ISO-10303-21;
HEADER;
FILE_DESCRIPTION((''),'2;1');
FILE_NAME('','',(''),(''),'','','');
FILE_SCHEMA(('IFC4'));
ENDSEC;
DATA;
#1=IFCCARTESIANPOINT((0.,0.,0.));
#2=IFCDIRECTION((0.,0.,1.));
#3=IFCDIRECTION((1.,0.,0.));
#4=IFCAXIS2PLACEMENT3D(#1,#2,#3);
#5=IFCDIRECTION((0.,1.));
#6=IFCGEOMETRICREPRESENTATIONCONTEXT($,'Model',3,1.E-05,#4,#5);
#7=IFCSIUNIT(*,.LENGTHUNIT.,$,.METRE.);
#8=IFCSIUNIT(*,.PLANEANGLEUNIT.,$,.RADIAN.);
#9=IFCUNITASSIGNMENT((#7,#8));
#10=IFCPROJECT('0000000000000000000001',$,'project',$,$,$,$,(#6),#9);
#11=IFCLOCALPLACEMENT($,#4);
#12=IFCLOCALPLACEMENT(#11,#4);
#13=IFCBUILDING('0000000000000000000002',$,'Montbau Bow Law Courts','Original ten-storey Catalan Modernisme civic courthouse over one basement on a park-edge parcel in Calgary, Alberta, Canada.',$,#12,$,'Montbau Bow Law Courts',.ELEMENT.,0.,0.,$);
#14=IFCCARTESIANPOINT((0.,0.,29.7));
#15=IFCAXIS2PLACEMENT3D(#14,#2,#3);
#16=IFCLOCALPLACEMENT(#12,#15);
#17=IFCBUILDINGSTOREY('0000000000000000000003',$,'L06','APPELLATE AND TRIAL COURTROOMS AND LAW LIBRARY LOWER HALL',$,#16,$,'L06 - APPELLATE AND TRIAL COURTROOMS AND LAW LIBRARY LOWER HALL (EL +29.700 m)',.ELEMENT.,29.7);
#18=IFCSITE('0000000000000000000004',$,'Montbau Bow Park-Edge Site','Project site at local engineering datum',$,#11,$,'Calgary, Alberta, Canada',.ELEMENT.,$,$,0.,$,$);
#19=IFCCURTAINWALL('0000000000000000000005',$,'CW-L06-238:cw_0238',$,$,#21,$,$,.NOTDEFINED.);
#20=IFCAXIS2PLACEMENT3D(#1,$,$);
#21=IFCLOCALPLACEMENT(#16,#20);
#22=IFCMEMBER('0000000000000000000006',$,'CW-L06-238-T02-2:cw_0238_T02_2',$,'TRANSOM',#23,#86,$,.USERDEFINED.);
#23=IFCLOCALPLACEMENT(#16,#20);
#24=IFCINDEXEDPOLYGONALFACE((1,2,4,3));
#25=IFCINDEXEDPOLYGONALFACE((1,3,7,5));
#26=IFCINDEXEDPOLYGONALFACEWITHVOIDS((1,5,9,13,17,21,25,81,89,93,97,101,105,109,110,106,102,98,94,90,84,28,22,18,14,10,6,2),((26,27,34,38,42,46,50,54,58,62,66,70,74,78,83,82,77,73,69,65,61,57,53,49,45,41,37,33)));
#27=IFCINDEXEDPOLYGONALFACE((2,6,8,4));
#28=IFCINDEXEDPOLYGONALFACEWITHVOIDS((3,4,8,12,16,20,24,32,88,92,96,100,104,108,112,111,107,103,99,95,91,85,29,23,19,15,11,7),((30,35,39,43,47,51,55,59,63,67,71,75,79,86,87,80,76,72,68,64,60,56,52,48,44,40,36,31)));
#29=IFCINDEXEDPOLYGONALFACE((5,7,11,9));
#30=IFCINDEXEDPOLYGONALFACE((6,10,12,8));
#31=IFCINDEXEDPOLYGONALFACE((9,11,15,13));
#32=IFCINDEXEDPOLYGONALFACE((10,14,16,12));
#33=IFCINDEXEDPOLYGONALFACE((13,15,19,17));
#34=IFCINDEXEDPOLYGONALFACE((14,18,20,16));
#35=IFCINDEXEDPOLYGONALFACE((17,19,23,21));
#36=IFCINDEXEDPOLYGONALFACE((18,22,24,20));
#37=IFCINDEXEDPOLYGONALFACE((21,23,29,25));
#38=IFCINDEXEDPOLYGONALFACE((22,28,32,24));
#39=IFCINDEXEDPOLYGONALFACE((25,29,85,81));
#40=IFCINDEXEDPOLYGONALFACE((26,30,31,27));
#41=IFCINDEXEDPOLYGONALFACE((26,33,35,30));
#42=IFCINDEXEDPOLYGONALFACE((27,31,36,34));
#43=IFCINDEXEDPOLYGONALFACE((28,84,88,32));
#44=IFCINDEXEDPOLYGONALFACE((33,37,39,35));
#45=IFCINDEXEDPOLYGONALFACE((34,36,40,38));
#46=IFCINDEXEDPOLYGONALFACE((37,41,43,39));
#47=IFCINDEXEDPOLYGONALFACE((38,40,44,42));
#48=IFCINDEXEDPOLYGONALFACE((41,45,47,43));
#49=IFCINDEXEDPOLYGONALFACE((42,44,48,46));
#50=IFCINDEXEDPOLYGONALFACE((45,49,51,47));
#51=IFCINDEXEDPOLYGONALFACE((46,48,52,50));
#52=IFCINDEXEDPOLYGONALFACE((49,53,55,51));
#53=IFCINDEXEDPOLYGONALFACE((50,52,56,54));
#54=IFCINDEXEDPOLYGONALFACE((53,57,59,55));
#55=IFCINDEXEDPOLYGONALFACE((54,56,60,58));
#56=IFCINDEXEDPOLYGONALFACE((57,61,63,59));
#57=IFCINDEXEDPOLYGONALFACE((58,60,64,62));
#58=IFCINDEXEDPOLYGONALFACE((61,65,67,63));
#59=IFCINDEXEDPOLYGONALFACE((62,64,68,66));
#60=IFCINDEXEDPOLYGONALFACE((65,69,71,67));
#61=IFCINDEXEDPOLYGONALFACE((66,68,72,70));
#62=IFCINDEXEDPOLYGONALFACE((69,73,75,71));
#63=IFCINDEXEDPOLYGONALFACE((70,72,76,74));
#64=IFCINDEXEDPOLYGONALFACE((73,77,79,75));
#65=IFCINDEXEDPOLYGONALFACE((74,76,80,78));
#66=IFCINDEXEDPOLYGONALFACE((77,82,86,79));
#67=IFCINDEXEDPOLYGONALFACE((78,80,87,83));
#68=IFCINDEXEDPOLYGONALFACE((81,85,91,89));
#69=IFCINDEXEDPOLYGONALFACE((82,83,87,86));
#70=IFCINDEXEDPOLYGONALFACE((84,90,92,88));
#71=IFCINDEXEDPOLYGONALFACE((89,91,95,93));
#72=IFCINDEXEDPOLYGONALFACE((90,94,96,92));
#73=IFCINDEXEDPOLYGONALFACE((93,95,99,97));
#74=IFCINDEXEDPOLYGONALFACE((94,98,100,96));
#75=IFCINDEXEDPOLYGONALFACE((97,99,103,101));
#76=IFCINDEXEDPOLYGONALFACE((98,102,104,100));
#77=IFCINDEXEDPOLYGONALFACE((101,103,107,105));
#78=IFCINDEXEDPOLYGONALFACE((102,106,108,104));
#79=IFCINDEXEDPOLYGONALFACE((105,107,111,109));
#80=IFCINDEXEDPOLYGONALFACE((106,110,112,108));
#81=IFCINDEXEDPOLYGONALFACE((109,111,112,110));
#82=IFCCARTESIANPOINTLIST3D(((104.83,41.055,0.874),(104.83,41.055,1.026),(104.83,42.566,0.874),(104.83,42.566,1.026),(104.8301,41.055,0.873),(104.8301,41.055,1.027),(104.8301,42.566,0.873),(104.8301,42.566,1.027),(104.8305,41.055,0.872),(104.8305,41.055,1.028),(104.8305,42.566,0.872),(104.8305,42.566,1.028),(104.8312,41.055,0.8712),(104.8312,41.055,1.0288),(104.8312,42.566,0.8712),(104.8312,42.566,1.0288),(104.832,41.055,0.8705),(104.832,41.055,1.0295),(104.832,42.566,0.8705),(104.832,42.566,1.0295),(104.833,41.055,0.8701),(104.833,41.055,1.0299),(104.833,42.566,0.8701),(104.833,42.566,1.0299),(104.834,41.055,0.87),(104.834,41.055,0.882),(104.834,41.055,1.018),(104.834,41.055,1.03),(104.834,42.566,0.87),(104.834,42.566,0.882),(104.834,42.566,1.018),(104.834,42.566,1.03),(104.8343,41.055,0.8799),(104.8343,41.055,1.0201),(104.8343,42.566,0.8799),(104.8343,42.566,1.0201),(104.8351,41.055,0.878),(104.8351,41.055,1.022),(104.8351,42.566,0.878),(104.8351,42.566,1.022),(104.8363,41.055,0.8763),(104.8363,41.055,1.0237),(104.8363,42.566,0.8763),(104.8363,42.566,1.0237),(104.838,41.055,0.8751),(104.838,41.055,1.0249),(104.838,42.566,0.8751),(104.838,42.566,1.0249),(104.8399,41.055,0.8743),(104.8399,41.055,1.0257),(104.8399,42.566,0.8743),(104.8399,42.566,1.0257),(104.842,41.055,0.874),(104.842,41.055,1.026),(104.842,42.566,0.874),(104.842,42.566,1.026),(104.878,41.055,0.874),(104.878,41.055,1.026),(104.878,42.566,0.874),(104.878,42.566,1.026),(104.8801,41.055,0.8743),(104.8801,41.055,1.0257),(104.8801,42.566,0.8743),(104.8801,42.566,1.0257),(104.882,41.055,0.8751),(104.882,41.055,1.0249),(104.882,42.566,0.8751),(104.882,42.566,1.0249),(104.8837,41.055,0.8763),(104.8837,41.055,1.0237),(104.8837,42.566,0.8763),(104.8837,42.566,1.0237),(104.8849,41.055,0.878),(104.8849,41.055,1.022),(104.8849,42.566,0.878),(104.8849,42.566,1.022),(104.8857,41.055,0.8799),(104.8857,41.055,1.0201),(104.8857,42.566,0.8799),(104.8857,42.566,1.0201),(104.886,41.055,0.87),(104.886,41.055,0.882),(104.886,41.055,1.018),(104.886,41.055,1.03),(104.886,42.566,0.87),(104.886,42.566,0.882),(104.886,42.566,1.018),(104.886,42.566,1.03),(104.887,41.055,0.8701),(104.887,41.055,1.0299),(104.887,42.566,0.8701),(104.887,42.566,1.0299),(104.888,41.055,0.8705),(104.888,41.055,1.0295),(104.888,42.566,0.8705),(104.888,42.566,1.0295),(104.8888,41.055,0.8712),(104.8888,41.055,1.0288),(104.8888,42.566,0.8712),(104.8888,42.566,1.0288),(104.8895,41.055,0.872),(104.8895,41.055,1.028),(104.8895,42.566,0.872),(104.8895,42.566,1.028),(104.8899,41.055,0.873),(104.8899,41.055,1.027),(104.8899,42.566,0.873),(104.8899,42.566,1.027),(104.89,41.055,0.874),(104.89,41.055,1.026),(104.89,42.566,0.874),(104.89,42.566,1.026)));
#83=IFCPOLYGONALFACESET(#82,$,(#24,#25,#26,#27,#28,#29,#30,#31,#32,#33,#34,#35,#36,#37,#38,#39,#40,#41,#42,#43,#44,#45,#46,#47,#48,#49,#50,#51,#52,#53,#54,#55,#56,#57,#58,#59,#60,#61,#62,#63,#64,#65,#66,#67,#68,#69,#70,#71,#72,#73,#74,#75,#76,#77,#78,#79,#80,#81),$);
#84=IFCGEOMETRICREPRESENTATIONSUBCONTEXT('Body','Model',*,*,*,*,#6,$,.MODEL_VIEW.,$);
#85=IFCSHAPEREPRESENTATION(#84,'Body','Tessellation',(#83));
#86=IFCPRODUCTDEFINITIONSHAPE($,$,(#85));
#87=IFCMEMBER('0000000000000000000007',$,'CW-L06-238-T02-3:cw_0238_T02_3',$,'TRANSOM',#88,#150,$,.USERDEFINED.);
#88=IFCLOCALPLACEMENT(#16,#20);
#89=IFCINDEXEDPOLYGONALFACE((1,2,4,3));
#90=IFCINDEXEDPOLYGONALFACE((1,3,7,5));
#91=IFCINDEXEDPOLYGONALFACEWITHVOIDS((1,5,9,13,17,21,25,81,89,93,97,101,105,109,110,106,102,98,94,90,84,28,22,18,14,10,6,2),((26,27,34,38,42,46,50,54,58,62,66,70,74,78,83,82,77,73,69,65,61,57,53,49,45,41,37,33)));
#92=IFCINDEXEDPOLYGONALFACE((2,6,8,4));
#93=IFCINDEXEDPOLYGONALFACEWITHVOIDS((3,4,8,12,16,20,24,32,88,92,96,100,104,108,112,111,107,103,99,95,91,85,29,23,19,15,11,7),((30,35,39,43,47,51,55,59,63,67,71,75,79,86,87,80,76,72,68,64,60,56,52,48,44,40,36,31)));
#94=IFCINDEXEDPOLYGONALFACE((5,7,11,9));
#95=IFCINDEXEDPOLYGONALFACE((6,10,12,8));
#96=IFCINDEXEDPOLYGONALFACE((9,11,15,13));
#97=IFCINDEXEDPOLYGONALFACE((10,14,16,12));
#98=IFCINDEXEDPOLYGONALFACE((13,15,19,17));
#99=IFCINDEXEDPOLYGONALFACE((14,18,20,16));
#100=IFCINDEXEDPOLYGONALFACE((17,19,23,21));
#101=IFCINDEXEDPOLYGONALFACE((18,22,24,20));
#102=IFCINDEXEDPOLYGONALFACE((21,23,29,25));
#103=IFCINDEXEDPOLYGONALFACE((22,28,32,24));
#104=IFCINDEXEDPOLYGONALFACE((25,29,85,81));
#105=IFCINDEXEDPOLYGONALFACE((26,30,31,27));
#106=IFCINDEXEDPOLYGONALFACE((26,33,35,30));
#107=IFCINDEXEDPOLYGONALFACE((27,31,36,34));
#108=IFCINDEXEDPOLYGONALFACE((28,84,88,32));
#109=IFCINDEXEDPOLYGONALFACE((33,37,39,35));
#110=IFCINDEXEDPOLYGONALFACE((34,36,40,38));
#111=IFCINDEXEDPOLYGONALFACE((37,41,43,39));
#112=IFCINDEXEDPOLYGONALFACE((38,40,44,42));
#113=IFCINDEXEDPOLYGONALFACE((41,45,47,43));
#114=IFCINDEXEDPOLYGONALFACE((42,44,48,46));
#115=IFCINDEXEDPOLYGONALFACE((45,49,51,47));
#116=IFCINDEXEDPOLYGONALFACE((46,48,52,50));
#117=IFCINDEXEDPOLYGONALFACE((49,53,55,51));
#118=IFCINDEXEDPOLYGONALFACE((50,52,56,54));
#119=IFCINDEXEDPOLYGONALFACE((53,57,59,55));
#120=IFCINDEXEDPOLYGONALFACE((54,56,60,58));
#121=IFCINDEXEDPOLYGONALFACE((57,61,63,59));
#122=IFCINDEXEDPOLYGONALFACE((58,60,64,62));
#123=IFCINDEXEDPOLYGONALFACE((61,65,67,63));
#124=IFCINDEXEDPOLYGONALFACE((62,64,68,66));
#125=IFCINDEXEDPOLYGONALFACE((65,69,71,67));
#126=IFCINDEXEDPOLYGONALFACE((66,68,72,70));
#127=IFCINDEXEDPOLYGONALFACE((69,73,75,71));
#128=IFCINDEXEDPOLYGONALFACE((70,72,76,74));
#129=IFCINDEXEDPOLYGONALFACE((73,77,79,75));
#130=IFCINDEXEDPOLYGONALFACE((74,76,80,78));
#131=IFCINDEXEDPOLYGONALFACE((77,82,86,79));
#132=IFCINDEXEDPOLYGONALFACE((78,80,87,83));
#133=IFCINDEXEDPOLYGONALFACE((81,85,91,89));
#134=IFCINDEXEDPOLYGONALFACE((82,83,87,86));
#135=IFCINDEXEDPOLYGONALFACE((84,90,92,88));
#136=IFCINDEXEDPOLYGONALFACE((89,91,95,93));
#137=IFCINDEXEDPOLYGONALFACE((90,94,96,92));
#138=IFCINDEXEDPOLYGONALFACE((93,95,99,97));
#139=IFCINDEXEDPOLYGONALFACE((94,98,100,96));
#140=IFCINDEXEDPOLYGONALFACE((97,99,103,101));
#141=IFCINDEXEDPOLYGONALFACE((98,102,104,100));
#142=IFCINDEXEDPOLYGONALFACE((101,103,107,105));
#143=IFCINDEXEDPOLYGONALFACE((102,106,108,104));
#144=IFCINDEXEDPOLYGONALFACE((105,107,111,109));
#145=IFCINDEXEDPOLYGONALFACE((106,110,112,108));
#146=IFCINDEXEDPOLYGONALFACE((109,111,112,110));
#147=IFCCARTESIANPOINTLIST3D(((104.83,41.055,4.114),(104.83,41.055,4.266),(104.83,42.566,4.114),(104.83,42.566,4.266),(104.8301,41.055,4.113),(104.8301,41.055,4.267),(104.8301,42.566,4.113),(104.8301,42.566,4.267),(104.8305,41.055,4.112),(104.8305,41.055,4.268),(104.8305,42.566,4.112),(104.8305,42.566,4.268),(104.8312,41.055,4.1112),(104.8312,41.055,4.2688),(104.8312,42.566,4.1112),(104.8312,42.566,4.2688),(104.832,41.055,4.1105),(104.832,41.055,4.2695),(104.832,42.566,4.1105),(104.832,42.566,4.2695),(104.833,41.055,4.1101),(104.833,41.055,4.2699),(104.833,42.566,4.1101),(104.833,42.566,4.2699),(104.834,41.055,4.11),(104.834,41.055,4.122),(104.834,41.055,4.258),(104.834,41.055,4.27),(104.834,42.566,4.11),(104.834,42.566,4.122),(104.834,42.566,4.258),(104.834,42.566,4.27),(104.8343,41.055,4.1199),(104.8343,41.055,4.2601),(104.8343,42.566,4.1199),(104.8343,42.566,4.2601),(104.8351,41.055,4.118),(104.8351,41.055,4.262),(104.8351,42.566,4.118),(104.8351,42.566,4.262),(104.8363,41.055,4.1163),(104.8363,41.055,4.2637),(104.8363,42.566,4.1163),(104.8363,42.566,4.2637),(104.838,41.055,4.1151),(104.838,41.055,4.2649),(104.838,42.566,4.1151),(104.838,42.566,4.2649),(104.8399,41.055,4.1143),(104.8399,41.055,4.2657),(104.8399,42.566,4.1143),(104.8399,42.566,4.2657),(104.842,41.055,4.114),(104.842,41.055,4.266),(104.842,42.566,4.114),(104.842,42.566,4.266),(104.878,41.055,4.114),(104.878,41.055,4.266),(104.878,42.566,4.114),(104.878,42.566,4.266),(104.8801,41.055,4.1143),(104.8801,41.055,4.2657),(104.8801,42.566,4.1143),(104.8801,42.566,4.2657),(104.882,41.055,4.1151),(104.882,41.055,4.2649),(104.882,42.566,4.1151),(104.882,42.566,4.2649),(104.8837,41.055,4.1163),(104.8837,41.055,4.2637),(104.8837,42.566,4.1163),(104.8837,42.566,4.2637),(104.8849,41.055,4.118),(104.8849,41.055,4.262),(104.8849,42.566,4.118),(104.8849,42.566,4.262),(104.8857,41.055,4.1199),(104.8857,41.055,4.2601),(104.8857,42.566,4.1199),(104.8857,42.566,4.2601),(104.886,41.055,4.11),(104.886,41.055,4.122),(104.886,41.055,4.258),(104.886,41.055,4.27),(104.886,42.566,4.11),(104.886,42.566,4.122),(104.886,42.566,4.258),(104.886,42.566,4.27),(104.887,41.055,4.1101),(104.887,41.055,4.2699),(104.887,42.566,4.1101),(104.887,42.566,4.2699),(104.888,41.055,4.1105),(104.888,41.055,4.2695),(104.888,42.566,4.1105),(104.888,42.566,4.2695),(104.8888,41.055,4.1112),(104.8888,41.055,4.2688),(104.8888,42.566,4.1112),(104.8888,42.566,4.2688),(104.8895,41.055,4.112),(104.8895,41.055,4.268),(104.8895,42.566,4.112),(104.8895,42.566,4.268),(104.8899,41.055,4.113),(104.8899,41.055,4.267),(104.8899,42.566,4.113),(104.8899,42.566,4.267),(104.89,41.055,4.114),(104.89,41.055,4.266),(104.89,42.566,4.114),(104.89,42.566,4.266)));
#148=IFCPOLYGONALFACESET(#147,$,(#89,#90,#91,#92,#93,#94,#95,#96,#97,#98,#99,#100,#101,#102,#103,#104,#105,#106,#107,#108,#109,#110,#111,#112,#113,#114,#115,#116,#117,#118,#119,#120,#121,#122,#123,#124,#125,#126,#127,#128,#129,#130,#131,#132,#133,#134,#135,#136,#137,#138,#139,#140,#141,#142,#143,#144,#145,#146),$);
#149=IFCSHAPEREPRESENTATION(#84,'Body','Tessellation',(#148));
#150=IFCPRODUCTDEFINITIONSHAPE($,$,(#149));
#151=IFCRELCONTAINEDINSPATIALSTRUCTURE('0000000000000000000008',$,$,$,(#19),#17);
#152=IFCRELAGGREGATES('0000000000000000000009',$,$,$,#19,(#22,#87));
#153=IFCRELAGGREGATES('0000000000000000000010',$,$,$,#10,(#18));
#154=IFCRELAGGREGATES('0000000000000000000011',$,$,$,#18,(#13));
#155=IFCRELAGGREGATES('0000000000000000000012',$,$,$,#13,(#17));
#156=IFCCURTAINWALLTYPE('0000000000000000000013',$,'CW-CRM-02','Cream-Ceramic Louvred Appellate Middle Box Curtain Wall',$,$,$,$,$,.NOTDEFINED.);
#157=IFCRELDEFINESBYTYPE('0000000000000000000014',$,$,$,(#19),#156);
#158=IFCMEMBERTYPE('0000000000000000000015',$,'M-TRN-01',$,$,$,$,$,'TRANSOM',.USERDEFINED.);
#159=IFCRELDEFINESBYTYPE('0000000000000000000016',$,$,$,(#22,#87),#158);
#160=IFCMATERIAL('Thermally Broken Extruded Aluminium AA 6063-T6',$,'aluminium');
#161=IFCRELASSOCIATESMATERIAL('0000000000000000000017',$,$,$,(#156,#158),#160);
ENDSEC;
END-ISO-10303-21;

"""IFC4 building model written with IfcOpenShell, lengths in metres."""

from ifc_helpers import new_model, si_unit, direction, frame, origin_with_axes, origin_2d_with_axis, place, context, subcontext, project, spatial, hollow_rectangle, extrude, material, material_profile, profile_set, type_object, element, aggregate, save


model = new_model("IFC4")

# Units and contexts
model_context = context("Model", 3, precision=1e-05, world=origin_with_axes(), true_north=direction((0.0, 1.0)))
body_context = subcontext(model_context, "Body", "Model", "MODEL_VIEW")
ifc_project = project(units=[si_unit("LENGTHUNIT", "METRE"), si_unit("PLANEANGLEUNIT", "RADIAN")], contexts=[model_context])

# Site, building, storey
site_placement = place(None, origin_with_axes())
site = spatial("IfcSite", under=ifc_project, at=site_placement, Name="Montbau Bow Park-Edge Site", Description="Project site at local engineering datum", LongName="Calgary, Alberta, Canada", CompositionType="ELEMENT", RefElevation=0.0)
building_placement = place(site_placement, origin_with_axes())
building = spatial("IfcBuilding", under=site, at=building_placement, Name="Montbau Bow Law Courts", Description="Original ten-storey Catalan Modernisme civic courthouse over one basement on a park-edge parcel in Calgary, Alberta, Canada.", LongName="Montbau Bow Law Courts", CompositionType="ELEMENT", ElevationOfRefHeight=0.0, ElevationOfTerrain=0.0)
storey_placement = place(building_placement, frame((0.0, 0.0, 29.7), z_axis=(0.0, 0.0, 1.0), x_axis=(1.0, 0.0, 0.0)))
storey = spatial("IfcBuildingStorey", under=building, at=storey_placement, Name="L06", Description="APPELLATE AND TRIAL COURTROOMS AND LAW LIBRARY LOWER HALL", LongName="L06 - APPELLATE AND TRIAL COURTROOMS AND LAW LIBRARY LOWER HALL (EL +29.700 m)", CompositionType="ELEMENT", Elevation=29.7)

# Shared definitions
ifc_material_1 = material(Name="Thermally Broken Extruded Aluminium AA 6063-T6", Category="aluminium")
curtain_wall_type = type_object("IfcCurtainWallType", Name="CW-CRM-02", Description="Cream-Ceramic Louvred Appellate Middle Box Curtain Wall", PredefinedType="NOTDEFINED", material=ifc_material_1)
ifc_material_profile = material_profile(ifc_material_1, hollow_rectangle(XDim=0.06, YDim=0.16, WallThickness=0.004, InnerFilletRadius=0.008, OuterFilletRadius=0.004, at=origin_2d_with_axis()), Name="CWT-160X60", Category="Main", Priority=0)
ifc_profile_set = profile_set([ifc_material_profile], Name="Thermally Broken Extruded Aluminium AA 6063-T6")
member_type = type_object("IfcMemberType", Name="M-TRN-01", ElementType="TRANSOM", PredefinedType="USERDEFINED", material=ifc_profile_set)

# Curtain wall, members
curtain_wall_1_placement = place(None, frame((104.86, 39.44, 29.7), z_axis=(0.0, 0.0, 1.0), x_axis=(1.0, 0.0, 0.0)))
curtain_wall_1 = element("IfcCurtainWall", 1, at=curtain_wall_1_placement, inside=storey, type_object=curtain_wall_type, Name="CW-L06-238:cw_0238", PredefinedType="NOTDEFINED")
member_1_placement = place(None, frame((104.86, 41.055, 30.65), z_axis=(0.0, 1.0, 0.0), x_axis=(-1.0, 0.0, 0.0)))
member_1 = element("IfcMember", 2, at=member_1_placement, type_object=member_type, Name="CW-L06-238-T02-2:cw_0238_T02_2", ObjectType="TRANSOM", PredefinedType="USERDEFINED", context=body_context, shape_type="SweptSolid", body=[
    extrude(hollow_rectangle(XDim=0.06, YDim=0.16, WallThickness=0.004, InnerFilletRadius=0.008, OuterFilletRadius=0.004, at=origin_2d_with_axis()), origin_with_axes(), (0.0, 0.0, 1.0), 1.511),
])
member_2_placement = place(None, frame((104.86, 41.055, 33.89), z_axis=(0.0, 1.0, 0.0), x_axis=(-1.0, 0.0, 0.0)))
member_2 = element("IfcMember", 3, at=member_2_placement, type_object=member_type, Name="CW-L06-238-T02-3:cw_0238_T02_3", ObjectType="TRANSOM", PredefinedType="USERDEFINED", context=body_context, shape_type="SweptSolid", body=[
    extrude(hollow_rectangle(XDim=0.06, YDim=0.16, WallThickness=0.004, InnerFilletRadius=0.008, OuterFilletRadius=0.004, at=origin_2d_with_axis()), origin_with_axes(), (0.0, 0.0, 1.0), 1.511),
])
aggregate(curtain_wall_1, [member_1, member_2])

save(model, "model.ifc")
